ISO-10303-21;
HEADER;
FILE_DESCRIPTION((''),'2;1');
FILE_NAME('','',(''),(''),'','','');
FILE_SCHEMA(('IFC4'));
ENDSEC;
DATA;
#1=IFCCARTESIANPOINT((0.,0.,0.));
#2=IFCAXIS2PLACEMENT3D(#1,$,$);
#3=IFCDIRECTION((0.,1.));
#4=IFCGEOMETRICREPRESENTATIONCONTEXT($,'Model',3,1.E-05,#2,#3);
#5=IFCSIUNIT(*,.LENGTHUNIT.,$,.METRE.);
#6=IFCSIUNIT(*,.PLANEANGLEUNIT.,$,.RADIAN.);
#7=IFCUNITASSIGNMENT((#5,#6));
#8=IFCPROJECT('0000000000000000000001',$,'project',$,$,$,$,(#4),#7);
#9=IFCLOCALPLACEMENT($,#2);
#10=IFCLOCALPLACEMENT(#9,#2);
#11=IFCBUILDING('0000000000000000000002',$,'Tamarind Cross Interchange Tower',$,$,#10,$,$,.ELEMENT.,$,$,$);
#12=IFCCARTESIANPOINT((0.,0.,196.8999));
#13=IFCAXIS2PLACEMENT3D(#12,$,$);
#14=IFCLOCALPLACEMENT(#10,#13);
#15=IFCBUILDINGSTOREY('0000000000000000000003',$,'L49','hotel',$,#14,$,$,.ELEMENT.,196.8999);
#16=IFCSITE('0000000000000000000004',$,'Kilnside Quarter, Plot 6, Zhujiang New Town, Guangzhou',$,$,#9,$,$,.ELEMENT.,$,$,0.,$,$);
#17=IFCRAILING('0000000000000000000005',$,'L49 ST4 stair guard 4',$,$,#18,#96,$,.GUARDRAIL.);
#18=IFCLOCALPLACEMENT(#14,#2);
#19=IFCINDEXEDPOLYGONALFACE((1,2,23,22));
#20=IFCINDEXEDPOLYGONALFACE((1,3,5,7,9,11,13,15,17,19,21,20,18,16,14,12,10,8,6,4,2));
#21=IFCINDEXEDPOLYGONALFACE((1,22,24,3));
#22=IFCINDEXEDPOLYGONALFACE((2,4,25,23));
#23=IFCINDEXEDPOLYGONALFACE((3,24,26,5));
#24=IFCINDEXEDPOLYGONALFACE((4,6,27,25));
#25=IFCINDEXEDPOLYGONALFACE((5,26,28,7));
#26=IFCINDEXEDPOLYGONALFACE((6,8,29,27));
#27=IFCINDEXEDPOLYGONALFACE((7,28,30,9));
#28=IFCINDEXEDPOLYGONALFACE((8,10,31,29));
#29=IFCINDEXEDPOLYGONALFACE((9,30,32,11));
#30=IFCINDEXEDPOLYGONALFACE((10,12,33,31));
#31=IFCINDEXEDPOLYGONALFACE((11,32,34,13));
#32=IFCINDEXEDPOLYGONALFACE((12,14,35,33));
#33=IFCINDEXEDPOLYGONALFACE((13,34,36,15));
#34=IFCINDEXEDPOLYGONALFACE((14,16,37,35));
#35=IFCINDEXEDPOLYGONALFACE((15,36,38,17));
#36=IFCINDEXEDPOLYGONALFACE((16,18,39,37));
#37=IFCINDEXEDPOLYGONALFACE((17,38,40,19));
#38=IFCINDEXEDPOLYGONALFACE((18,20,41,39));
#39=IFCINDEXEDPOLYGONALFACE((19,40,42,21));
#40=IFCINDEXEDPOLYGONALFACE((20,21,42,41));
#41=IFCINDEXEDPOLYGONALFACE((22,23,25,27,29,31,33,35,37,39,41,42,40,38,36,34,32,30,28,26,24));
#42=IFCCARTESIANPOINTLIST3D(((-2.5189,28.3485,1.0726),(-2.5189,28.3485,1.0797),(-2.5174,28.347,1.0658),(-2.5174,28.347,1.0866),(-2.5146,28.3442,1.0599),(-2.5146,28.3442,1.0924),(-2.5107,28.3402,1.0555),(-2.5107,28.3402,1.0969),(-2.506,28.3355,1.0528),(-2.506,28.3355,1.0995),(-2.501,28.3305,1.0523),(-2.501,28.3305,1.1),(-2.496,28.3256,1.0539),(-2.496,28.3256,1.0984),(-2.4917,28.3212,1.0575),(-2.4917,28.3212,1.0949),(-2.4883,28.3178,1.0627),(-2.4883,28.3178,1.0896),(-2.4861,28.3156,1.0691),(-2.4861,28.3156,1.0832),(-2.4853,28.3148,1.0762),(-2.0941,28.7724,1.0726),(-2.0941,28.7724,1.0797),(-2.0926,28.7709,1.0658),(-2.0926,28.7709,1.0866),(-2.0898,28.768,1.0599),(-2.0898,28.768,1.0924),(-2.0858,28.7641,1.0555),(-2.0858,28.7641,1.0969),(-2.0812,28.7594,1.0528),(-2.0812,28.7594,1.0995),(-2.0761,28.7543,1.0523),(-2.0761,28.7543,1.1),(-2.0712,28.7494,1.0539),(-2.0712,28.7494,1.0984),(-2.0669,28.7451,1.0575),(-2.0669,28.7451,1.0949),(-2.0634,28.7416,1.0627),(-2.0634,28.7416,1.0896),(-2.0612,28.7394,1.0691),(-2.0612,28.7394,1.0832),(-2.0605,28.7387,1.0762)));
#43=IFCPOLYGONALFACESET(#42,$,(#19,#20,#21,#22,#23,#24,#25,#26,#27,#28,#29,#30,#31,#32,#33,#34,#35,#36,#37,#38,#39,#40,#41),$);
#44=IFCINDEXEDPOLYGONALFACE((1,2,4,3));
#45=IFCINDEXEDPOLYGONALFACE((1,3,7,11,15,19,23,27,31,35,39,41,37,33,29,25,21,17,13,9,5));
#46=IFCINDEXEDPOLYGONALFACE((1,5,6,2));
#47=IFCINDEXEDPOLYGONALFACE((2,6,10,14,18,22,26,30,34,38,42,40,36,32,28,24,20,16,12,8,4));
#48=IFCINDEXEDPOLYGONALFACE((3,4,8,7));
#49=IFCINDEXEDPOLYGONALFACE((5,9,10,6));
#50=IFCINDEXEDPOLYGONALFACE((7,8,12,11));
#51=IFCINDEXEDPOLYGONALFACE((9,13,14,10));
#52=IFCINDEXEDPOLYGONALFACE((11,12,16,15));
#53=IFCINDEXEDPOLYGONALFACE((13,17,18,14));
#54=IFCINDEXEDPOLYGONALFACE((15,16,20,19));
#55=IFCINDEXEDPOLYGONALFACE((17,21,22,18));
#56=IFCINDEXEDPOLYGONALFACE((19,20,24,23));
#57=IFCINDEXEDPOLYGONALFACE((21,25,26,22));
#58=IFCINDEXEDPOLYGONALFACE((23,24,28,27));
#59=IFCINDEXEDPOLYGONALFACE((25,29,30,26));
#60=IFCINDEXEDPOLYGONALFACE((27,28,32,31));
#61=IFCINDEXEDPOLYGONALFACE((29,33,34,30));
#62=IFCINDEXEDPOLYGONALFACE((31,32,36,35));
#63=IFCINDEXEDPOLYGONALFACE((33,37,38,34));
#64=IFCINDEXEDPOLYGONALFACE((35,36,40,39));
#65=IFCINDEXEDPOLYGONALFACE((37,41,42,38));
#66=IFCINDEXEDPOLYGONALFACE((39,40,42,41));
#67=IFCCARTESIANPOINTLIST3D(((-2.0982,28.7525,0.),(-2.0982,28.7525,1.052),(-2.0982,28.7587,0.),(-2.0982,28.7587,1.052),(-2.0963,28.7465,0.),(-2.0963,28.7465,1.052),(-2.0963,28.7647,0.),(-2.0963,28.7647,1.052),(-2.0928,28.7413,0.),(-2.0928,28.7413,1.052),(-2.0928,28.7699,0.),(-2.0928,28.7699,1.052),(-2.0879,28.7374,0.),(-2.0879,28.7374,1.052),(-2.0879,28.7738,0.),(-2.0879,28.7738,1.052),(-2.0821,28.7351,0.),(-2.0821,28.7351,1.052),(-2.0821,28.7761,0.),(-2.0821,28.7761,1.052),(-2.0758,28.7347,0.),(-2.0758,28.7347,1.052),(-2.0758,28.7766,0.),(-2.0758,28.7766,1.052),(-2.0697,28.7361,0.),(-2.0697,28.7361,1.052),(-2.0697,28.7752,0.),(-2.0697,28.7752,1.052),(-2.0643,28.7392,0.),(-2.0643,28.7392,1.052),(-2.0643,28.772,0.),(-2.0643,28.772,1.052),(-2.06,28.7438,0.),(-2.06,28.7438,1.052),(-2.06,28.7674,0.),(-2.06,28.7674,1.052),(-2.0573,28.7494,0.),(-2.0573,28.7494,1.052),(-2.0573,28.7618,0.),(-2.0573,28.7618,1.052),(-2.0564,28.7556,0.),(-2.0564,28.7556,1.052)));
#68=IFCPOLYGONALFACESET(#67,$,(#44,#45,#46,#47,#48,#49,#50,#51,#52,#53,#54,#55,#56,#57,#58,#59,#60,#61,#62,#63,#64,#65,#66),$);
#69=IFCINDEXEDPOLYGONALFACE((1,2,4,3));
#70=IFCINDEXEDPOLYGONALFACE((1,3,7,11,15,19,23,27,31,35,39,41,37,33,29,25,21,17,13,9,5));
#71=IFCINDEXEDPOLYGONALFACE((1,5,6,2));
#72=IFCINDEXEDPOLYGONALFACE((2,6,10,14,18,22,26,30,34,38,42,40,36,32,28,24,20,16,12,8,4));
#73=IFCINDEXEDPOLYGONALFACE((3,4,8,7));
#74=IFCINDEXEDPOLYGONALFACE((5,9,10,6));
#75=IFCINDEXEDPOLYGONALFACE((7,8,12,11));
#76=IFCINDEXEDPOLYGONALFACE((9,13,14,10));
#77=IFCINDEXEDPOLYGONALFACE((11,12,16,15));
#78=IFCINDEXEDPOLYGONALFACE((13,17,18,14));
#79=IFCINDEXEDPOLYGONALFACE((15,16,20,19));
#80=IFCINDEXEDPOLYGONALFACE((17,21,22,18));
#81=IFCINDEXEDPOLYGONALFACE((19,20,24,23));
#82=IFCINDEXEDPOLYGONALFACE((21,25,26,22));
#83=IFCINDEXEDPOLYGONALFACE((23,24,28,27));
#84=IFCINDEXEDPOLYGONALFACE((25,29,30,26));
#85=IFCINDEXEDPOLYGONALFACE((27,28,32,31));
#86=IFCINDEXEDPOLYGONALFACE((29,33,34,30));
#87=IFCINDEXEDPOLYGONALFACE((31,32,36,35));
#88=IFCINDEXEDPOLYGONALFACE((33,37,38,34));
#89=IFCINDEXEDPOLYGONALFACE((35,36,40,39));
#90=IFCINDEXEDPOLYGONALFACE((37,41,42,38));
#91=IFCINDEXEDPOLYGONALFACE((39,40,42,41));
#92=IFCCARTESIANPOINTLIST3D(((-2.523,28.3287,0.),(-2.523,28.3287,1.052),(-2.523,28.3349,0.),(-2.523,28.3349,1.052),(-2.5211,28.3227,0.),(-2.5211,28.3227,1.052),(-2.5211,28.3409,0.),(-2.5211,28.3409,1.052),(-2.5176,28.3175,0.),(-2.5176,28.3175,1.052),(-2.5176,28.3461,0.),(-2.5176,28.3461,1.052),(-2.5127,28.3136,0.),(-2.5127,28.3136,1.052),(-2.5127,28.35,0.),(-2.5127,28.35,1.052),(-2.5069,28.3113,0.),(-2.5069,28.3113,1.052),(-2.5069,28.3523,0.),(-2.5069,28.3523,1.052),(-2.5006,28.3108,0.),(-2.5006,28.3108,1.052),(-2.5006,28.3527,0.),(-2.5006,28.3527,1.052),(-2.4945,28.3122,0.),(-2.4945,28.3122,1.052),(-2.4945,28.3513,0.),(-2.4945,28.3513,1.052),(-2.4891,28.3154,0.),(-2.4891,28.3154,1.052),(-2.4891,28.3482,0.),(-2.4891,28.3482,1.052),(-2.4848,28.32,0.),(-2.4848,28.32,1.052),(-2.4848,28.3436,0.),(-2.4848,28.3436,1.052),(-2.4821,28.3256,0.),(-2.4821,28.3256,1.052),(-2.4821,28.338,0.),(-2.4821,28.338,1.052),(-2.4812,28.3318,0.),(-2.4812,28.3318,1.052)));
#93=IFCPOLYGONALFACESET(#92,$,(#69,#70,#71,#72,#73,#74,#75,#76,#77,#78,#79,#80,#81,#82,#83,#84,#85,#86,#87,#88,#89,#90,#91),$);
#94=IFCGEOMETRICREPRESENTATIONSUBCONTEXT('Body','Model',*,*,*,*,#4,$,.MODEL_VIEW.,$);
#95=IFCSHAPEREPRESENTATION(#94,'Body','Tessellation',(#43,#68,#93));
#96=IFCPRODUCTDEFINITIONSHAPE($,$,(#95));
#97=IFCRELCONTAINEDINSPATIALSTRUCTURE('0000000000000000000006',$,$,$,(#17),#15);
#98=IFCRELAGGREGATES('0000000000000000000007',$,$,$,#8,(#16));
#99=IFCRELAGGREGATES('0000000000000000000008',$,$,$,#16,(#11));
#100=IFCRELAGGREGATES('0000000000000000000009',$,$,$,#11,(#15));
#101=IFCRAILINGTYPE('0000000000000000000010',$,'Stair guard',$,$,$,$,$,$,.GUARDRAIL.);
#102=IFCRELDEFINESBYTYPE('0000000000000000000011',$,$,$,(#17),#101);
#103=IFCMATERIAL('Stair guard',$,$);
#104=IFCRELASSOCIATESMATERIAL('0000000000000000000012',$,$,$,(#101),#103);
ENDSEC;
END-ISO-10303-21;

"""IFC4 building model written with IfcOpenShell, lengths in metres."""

from ifc_helpers import new_model, si_unit, direction, frame, origin, origin_2d, place, context, subcontext, project, spatial, circle, extrude, material, type_object, element, save


model = new_model("IFC4")

# Units and contexts
model_context = context("Model", 3, precision=1e-05, world=origin(), true_north=direction((0.0, 1.0)))
body_context = subcontext(model_context, "Body", "Model", "MODEL_VIEW")
ifc_project = project(units=[si_unit("LENGTHUNIT", "METRE"), si_unit("PLANEANGLEUNIT", "RADIAN")], contexts=[model_context])

# Site, building, storey
site_placement = place(None, origin())
site = spatial("IfcSite", under=ifc_project, at=site_placement, Name="Kilnside Quarter, Plot 6, Zhujiang New Town, Guangzhou", CompositionType="ELEMENT", RefElevation=0.0)
building_placement = place(site_placement, origin())
building = spatial("IfcBuilding", under=site, at=building_placement, Name="Tamarind Cross Interchange Tower", CompositionType="ELEMENT")
storey_placement = place(building_placement, frame((0.0, 0.0, 196.8999)))
storey = spatial("IfcBuildingStorey", under=building, at=storey_placement, Name="L49", Description="hotel", CompositionType="ELEMENT", Elevation=196.8999)

# Railing
ifc_material_1 = material(Name="Stair guard")
railing_type_1 = type_object("IfcRailingType", Name="Stair guard", PredefinedType="GUARDRAIL", material=ifc_material_1)
railing_1_placement = place(storey_placement, frame((-2.0774, 28.7556, 0.0)))
element("IfcRailing", 1, at=railing_1_placement, inside=storey, type_object=railing_type_1, Name="L49 ST4 stair guard 4", PredefinedType="GUARDRAIL", context=body_context, shape_type="SweptSolid", body=[
    extrude(circle(Radius=0.0239, at=origin_2d()), frame((0.0, 0.0, 1.0762), z_axis=(-0.70792, -0.706293, 0.0), x_axis=(0.706293, -0.70792, 0.0)), (0.0, 0.0, 1.0), 0.6001),
    extrude(circle(Radius=0.021, at=origin_2d()), origin(), (0.0, 0.0, 1.0), 1.052),
    extrude(circle(Radius=0.021, at=origin_2d()), frame((-0.4248, -0.4238, 0.0)), (0.0, 0.0, 1.0), 1.052),
])

save(model, "model.ifc")
